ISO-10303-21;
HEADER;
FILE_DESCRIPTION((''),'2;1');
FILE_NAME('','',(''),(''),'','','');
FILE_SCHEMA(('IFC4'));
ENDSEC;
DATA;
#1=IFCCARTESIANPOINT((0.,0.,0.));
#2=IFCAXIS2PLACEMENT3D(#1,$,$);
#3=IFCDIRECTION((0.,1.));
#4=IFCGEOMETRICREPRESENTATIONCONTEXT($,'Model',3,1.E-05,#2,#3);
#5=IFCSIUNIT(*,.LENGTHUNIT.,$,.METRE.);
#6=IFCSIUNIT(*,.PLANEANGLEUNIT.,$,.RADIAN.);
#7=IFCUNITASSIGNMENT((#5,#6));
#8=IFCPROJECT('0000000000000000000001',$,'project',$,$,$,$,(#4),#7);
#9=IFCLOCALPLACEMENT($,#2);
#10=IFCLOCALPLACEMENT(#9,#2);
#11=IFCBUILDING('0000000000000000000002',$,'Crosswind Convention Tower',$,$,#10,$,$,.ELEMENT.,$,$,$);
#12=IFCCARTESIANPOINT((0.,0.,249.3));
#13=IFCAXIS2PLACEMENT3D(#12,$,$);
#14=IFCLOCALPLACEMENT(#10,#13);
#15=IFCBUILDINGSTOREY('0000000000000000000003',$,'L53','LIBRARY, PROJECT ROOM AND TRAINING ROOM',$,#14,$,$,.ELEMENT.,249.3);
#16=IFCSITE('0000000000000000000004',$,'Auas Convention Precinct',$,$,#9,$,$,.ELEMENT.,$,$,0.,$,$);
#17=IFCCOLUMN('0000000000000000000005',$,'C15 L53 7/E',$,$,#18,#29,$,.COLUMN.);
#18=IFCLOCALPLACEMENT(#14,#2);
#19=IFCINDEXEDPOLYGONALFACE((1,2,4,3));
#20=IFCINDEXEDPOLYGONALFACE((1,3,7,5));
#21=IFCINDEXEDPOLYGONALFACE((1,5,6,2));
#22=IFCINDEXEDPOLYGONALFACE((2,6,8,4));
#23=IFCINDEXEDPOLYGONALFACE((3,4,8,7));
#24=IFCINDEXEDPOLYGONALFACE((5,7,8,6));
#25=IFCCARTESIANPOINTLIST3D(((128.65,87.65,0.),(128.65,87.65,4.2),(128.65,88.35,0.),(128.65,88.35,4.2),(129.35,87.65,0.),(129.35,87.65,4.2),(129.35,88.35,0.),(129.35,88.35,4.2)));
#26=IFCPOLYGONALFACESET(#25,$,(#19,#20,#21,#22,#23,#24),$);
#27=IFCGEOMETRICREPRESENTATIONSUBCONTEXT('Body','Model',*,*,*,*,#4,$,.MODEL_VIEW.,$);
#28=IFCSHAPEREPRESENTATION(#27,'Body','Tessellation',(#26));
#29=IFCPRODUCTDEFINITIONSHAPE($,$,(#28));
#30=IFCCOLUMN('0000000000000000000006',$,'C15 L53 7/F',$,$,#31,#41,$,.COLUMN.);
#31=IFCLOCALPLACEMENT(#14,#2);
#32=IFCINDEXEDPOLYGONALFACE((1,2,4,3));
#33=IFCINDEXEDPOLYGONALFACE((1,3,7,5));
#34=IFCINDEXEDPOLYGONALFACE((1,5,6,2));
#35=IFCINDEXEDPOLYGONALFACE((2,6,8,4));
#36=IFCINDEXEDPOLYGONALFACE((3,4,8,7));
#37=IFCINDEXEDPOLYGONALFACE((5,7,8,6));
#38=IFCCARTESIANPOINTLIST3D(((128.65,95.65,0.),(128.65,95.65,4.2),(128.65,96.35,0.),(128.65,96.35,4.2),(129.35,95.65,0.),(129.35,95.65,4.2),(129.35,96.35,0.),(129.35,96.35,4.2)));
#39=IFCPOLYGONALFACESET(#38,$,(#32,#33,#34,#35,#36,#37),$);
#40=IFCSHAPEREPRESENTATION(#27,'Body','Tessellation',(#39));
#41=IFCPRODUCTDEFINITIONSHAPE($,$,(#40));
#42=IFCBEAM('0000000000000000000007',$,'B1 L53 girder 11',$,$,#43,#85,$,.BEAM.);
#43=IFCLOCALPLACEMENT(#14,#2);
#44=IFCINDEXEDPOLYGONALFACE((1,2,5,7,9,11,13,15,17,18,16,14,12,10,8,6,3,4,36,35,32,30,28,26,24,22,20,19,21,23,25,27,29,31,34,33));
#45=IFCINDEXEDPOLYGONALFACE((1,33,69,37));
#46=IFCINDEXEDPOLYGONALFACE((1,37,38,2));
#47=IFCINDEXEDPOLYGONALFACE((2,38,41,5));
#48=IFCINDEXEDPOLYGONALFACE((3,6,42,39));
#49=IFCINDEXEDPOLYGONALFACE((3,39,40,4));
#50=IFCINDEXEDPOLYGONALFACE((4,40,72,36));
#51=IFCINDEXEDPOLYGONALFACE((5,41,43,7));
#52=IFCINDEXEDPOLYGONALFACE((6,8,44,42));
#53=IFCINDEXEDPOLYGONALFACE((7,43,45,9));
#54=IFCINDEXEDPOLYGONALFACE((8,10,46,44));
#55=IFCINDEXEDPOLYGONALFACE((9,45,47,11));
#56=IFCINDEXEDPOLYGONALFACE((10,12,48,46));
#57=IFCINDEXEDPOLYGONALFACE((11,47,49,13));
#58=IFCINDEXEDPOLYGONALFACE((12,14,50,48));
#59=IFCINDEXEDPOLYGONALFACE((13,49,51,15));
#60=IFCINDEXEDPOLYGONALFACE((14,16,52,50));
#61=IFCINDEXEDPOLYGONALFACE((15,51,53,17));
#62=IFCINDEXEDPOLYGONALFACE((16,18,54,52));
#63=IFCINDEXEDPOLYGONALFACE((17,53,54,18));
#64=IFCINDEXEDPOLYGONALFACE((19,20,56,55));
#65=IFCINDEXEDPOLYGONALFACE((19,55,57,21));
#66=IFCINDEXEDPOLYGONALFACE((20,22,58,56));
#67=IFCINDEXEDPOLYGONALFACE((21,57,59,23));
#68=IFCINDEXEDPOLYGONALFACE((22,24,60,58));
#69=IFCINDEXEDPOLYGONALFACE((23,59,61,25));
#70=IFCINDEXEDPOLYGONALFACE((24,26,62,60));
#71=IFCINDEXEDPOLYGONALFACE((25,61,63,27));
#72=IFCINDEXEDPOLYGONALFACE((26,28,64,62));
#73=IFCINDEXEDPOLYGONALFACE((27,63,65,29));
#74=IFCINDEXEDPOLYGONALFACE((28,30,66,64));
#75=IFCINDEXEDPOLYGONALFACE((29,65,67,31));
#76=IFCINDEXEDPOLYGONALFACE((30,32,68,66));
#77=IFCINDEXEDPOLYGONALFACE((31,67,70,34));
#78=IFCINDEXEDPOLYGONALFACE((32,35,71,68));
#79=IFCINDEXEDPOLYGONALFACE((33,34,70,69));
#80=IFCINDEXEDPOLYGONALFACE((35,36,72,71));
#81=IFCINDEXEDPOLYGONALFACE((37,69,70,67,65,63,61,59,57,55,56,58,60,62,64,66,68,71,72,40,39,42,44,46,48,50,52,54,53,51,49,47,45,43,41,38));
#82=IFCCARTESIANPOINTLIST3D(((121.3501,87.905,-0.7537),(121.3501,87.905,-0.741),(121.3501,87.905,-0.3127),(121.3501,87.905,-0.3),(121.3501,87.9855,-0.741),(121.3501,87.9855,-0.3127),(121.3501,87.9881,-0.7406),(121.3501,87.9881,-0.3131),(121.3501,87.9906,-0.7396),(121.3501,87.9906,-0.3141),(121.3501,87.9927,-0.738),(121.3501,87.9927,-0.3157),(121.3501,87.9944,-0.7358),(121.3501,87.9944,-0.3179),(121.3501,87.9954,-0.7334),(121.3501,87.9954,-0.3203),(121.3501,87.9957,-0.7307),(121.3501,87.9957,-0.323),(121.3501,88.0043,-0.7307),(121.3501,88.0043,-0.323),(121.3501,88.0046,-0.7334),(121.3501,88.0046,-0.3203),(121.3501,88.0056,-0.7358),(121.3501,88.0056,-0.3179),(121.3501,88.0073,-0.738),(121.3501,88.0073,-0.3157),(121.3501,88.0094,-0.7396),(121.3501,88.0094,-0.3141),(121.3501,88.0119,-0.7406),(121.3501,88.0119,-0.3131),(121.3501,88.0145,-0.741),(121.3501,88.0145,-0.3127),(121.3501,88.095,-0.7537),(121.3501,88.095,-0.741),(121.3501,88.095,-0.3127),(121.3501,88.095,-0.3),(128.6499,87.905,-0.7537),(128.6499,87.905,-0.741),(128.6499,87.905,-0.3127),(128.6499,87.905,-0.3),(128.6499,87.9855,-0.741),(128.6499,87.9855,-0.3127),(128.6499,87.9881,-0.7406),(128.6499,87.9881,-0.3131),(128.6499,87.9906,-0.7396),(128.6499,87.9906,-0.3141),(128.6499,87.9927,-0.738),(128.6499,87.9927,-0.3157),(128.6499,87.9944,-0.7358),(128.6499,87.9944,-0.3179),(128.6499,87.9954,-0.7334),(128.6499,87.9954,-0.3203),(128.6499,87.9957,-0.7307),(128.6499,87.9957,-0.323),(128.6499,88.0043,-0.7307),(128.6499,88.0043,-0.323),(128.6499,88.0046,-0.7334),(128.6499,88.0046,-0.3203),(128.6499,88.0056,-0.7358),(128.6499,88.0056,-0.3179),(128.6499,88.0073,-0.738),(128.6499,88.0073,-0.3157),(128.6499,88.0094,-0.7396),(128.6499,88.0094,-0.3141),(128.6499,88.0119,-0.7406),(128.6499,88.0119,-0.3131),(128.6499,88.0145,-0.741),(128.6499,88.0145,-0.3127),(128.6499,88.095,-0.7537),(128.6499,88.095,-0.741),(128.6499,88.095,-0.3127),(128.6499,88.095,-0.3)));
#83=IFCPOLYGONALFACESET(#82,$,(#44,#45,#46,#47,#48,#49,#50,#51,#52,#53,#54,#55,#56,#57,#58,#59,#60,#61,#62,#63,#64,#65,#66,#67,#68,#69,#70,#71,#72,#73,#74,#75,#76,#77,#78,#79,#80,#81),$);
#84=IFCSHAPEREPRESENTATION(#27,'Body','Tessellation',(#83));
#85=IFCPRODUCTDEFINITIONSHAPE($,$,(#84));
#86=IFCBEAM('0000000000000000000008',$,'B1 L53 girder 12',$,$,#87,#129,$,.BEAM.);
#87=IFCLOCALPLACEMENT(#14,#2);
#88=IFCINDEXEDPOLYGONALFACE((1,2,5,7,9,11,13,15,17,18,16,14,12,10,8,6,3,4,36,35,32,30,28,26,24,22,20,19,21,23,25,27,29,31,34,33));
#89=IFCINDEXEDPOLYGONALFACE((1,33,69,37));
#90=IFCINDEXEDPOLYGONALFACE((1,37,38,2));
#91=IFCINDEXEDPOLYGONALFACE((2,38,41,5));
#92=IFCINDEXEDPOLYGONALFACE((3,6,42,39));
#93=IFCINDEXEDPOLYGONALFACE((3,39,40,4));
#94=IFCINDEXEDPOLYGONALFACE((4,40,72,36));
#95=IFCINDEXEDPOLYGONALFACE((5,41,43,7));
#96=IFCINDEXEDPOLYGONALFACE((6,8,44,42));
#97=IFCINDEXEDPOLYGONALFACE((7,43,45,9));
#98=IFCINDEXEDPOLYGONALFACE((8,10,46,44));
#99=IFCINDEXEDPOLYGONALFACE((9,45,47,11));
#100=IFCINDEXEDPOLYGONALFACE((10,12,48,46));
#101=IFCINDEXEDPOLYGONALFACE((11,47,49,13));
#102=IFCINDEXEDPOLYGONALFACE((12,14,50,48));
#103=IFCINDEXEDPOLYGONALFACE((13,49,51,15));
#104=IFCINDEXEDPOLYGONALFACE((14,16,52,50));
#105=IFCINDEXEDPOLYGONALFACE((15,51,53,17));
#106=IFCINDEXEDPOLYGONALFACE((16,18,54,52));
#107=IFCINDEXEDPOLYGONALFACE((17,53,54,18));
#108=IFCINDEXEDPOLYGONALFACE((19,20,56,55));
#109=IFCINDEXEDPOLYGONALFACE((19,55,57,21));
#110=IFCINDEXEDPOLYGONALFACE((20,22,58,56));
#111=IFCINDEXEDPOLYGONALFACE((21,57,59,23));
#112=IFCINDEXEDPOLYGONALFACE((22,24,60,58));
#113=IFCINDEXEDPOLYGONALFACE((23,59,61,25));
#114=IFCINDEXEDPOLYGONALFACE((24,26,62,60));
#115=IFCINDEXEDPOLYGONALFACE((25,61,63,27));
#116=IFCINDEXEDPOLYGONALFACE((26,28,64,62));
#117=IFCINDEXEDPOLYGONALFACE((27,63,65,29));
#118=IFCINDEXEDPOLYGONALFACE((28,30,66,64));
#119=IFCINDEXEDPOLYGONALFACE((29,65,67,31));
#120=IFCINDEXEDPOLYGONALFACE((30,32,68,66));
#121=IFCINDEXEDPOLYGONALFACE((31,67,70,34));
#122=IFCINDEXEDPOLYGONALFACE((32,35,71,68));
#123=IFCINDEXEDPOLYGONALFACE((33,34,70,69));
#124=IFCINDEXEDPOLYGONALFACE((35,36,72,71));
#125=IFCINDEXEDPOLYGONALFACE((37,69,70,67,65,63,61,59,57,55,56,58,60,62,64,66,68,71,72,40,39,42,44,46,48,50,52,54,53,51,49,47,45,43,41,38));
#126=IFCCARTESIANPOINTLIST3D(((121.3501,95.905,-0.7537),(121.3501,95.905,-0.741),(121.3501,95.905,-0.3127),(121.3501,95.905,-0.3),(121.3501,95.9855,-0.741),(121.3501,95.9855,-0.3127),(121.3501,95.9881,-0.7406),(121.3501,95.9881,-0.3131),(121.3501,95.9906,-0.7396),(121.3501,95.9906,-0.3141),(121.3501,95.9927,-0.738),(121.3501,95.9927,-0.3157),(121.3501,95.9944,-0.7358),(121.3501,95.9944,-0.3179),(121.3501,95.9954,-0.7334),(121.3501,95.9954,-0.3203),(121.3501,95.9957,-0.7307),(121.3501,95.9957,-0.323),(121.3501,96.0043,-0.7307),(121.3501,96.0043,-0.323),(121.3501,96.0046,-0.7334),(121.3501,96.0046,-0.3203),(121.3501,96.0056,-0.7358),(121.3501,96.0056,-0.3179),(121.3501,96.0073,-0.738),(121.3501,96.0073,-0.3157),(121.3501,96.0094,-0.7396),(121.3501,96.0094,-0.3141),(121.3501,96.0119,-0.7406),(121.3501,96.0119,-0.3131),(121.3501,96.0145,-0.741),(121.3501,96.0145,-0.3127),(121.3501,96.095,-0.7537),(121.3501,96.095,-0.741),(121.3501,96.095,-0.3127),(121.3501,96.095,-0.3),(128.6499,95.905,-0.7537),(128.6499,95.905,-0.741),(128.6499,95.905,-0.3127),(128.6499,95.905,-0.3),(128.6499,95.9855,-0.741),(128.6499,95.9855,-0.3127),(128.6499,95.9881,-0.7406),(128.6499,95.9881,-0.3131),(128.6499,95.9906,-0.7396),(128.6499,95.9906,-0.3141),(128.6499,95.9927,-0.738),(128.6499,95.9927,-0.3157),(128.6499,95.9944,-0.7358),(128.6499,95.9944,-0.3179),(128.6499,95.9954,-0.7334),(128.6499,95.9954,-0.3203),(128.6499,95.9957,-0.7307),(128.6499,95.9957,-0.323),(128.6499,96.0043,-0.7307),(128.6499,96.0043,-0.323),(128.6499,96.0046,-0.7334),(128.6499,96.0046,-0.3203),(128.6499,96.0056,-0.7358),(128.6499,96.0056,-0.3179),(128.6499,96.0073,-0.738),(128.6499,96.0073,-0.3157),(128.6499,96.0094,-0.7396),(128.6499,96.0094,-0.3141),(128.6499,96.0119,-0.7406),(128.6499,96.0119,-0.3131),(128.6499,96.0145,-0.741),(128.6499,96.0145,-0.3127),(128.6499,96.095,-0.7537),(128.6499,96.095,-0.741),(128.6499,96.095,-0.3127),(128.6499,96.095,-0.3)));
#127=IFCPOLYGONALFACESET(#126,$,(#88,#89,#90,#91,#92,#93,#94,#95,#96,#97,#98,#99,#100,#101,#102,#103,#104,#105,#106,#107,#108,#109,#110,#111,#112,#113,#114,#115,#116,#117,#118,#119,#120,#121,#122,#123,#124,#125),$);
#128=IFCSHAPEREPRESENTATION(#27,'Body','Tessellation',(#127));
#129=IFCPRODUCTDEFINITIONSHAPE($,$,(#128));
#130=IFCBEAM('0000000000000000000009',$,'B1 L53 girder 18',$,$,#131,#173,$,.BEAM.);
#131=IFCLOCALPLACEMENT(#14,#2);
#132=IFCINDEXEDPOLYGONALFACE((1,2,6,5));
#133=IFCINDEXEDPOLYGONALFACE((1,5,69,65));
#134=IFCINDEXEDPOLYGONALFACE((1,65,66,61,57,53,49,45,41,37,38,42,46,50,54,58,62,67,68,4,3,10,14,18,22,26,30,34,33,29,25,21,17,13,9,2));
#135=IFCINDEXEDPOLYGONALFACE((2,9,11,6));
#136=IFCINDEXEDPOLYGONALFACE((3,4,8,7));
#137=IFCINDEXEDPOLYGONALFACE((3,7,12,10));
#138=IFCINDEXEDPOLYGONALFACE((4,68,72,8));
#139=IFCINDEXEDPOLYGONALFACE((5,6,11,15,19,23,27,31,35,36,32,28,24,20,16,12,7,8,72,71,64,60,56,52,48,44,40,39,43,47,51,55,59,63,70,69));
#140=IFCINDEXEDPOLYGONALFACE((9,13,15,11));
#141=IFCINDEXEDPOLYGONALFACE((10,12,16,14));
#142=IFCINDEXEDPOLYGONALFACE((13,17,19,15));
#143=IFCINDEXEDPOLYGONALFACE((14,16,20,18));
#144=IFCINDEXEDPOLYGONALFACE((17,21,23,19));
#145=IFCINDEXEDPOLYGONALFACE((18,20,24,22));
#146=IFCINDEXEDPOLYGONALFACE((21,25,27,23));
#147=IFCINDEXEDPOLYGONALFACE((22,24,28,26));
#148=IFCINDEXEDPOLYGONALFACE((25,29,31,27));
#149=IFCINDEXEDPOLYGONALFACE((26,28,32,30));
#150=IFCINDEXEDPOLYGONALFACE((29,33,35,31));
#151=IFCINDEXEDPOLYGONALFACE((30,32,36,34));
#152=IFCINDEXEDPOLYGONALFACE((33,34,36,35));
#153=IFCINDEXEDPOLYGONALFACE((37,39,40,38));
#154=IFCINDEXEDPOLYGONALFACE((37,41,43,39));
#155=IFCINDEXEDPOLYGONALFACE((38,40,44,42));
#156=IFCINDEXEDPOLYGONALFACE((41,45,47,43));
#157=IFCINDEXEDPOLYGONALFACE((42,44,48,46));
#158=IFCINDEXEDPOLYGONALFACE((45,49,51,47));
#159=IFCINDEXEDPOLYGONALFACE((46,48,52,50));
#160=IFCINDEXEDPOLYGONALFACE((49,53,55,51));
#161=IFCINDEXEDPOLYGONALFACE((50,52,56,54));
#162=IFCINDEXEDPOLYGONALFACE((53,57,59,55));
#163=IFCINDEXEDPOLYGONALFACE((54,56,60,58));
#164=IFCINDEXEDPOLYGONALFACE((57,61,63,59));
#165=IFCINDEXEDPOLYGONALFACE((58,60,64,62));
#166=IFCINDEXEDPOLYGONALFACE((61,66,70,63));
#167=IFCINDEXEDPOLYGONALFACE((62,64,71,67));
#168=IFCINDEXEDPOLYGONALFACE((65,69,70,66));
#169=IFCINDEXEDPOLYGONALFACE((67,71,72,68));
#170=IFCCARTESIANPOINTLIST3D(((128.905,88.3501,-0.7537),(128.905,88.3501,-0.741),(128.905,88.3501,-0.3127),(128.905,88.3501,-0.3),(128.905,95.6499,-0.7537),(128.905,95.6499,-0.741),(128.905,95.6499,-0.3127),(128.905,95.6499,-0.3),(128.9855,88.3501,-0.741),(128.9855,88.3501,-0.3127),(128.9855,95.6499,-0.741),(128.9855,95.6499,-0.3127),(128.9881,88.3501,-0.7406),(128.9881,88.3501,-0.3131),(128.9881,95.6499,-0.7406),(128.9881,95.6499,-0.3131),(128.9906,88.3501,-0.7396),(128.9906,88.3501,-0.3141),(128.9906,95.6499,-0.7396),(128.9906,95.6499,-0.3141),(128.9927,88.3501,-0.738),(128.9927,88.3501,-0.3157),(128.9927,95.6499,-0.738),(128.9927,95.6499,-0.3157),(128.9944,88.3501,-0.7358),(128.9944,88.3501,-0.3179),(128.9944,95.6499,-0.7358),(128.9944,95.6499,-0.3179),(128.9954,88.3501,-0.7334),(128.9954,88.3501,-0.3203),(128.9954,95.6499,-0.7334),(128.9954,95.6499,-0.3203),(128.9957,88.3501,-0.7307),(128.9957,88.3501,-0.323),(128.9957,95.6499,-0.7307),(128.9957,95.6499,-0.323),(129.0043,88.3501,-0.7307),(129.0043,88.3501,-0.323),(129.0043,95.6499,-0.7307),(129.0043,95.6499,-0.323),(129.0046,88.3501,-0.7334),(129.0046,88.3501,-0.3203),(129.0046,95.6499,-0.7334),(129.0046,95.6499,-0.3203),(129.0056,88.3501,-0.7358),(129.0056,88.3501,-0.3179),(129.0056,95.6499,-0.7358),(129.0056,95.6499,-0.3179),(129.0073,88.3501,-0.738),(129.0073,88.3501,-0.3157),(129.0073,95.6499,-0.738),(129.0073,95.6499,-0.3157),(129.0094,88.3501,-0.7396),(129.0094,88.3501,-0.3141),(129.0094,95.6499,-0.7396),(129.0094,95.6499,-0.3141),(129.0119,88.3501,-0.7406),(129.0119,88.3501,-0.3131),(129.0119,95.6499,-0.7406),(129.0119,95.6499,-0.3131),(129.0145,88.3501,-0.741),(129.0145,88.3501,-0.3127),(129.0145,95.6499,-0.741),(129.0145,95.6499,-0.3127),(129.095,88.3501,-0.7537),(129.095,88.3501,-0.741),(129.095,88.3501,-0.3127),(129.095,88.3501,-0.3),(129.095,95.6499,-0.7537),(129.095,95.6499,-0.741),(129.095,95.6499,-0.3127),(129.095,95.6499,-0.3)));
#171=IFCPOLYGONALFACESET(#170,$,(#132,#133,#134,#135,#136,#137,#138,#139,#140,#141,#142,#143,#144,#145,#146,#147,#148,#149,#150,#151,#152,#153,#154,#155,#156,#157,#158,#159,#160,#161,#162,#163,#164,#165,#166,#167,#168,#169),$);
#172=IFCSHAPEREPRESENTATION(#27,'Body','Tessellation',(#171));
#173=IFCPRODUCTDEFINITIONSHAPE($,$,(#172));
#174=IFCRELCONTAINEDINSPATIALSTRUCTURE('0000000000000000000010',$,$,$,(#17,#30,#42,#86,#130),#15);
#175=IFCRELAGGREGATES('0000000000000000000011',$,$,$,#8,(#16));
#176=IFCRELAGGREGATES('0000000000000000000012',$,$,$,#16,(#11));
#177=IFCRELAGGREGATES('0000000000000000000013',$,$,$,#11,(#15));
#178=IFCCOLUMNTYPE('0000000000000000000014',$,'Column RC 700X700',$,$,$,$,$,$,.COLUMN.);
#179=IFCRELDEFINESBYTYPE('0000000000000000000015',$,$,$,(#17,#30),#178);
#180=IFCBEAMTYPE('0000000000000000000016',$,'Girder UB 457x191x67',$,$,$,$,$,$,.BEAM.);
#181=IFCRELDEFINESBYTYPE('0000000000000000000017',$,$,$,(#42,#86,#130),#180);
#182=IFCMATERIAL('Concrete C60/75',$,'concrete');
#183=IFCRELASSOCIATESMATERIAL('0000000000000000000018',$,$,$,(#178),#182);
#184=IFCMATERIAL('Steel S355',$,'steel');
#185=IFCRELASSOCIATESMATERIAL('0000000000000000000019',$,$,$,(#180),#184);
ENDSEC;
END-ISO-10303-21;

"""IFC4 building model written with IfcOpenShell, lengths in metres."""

from ifc_helpers import new_model, si_unit, direction, frame, origin, origin_2d, place, context, subcontext, project, spatial, rectangle, i_section, extrude, material, material_profile, profile_set, type_object, element, save


model = new_model("IFC4")

# Units and contexts
model_context = context("Model", 3, precision=1e-05, world=origin(), true_north=direction((0.0, 1.0)))
body_context = subcontext(model_context, "Body", "Model", "MODEL_VIEW")
ifc_project = project(units=[si_unit("LENGTHUNIT", "METRE"), si_unit("PLANEANGLEUNIT", "RADIAN")], contexts=[model_context])

# Site, building, storey
site_placement = place(None, origin())
site = spatial("IfcSite", under=ifc_project, at=site_placement, Name="Auas Convention Precinct", CompositionType="ELEMENT", RefElevation=0.0)
building_placement = place(site_placement, origin())
building = spatial("IfcBuilding", under=site, at=building_placement, Name="Crosswind Convention Tower", CompositionType="ELEMENT")
storey_placement = place(building_placement, frame((0.0, 0.0, 249.3)))
storey = spatial("IfcBuildingStorey", under=building, at=storey_placement, Name="L53", Description="LIBRARY, PROJECT ROOM AND TRAINING ROOM", CompositionType="ELEMENT", Elevation=249.3)

# Columns
ifc_material_1 = material(Name="Concrete C60/75", Category="concrete")
ifc_material_profile_1 = material_profile(ifc_material_1, rectangle(XDim=0.7, YDim=0.7, at=origin_2d()), Name="RC 700X700")
ifc_profile_set_1 = profile_set([ifc_material_profile_1], Name="Concrete C60/75")
column_type = type_object("IfcColumnType", Name="Column RC 700X700", PredefinedType="COLUMN", material=ifc_profile_set_1)
for number, where, z_axis, x_axis, name in (
    (1, (129.0, 88.0, 0.0), (0.0, 0.0, 1.0), (1.0, 0.0, 0.0), "C15 L53 7/E"),
    (2, (129.0, 96.0, 0.0), (0.0, 0.0, 1.0), (1.0, 0.0, 0.0), "C15 L53 7/F"),
):
    element("IfcColumn", number, at=place(storey_placement, frame(where, z_axis=z_axis, x_axis=x_axis)), inside=storey, type_object=column_type, Name=name, PredefinedType="COLUMN", context=body_context, shape_type="SweptSolid", body=[
        extrude(rectangle(XDim=0.7, YDim=0.7, at=origin_2d()), origin(), (0.0, 0.0, 1.0), 4.2),
    ])

# Beams
ifc_material_2 = material(Name="Steel S355", Category="steel")
ifc_material_profile_2 = material_profile(ifc_material_2, i_section(OverallWidth=0.1899, OverallDepth=0.4536, WebThickness=0.0085, FlangeThickness=0.0127, FilletRadius=0.0103, at=origin_2d()), Name="UB 457x191x67")
ifc_profile_set_2 = profile_set([ifc_material_profile_2], Name="Steel S355")
beam_type_1 = type_object("IfcBeamType", Name="Girder UB 457x191x67", PredefinedType="BEAM", material=ifc_profile_set_2)
for number, where, z_axis, x_axis, name in (
    (3, (121.3501, 88.0, -0.5269), (1.0, 0.0, 0.0), (0.0, 1.0, 0.0), "B1 L53 girder 11"),
    (4, (121.3501, 96.0, -0.5269), (1.0, 0.0, 0.0), (0.0, 1.0, 0.0), "B1 L53 girder 12"),
    (5, (129.0, 88.3501, -0.5269), (0.0, 1.0, 0.0), (-1.0, 0.0, 0.0), "B1 L53 girder 18"),
):
    element("IfcBeam", number, at=place(storey_placement, frame(where, z_axis=z_axis, x_axis=x_axis)), inside=storey, type_object=beam_type_1, Name=name, PredefinedType="BEAM", context=body_context, shape_type="SweptSolid", body=[
        extrude(i_section(OverallWidth=0.1899, OverallDepth=0.4536, WebThickness=0.0085, FlangeThickness=0.0127, FilletRadius=0.0103, at=origin_2d()), origin(), (0.0, 0.0, 1.0), 7.2998),
    ])

save(model, "model.ifc")
